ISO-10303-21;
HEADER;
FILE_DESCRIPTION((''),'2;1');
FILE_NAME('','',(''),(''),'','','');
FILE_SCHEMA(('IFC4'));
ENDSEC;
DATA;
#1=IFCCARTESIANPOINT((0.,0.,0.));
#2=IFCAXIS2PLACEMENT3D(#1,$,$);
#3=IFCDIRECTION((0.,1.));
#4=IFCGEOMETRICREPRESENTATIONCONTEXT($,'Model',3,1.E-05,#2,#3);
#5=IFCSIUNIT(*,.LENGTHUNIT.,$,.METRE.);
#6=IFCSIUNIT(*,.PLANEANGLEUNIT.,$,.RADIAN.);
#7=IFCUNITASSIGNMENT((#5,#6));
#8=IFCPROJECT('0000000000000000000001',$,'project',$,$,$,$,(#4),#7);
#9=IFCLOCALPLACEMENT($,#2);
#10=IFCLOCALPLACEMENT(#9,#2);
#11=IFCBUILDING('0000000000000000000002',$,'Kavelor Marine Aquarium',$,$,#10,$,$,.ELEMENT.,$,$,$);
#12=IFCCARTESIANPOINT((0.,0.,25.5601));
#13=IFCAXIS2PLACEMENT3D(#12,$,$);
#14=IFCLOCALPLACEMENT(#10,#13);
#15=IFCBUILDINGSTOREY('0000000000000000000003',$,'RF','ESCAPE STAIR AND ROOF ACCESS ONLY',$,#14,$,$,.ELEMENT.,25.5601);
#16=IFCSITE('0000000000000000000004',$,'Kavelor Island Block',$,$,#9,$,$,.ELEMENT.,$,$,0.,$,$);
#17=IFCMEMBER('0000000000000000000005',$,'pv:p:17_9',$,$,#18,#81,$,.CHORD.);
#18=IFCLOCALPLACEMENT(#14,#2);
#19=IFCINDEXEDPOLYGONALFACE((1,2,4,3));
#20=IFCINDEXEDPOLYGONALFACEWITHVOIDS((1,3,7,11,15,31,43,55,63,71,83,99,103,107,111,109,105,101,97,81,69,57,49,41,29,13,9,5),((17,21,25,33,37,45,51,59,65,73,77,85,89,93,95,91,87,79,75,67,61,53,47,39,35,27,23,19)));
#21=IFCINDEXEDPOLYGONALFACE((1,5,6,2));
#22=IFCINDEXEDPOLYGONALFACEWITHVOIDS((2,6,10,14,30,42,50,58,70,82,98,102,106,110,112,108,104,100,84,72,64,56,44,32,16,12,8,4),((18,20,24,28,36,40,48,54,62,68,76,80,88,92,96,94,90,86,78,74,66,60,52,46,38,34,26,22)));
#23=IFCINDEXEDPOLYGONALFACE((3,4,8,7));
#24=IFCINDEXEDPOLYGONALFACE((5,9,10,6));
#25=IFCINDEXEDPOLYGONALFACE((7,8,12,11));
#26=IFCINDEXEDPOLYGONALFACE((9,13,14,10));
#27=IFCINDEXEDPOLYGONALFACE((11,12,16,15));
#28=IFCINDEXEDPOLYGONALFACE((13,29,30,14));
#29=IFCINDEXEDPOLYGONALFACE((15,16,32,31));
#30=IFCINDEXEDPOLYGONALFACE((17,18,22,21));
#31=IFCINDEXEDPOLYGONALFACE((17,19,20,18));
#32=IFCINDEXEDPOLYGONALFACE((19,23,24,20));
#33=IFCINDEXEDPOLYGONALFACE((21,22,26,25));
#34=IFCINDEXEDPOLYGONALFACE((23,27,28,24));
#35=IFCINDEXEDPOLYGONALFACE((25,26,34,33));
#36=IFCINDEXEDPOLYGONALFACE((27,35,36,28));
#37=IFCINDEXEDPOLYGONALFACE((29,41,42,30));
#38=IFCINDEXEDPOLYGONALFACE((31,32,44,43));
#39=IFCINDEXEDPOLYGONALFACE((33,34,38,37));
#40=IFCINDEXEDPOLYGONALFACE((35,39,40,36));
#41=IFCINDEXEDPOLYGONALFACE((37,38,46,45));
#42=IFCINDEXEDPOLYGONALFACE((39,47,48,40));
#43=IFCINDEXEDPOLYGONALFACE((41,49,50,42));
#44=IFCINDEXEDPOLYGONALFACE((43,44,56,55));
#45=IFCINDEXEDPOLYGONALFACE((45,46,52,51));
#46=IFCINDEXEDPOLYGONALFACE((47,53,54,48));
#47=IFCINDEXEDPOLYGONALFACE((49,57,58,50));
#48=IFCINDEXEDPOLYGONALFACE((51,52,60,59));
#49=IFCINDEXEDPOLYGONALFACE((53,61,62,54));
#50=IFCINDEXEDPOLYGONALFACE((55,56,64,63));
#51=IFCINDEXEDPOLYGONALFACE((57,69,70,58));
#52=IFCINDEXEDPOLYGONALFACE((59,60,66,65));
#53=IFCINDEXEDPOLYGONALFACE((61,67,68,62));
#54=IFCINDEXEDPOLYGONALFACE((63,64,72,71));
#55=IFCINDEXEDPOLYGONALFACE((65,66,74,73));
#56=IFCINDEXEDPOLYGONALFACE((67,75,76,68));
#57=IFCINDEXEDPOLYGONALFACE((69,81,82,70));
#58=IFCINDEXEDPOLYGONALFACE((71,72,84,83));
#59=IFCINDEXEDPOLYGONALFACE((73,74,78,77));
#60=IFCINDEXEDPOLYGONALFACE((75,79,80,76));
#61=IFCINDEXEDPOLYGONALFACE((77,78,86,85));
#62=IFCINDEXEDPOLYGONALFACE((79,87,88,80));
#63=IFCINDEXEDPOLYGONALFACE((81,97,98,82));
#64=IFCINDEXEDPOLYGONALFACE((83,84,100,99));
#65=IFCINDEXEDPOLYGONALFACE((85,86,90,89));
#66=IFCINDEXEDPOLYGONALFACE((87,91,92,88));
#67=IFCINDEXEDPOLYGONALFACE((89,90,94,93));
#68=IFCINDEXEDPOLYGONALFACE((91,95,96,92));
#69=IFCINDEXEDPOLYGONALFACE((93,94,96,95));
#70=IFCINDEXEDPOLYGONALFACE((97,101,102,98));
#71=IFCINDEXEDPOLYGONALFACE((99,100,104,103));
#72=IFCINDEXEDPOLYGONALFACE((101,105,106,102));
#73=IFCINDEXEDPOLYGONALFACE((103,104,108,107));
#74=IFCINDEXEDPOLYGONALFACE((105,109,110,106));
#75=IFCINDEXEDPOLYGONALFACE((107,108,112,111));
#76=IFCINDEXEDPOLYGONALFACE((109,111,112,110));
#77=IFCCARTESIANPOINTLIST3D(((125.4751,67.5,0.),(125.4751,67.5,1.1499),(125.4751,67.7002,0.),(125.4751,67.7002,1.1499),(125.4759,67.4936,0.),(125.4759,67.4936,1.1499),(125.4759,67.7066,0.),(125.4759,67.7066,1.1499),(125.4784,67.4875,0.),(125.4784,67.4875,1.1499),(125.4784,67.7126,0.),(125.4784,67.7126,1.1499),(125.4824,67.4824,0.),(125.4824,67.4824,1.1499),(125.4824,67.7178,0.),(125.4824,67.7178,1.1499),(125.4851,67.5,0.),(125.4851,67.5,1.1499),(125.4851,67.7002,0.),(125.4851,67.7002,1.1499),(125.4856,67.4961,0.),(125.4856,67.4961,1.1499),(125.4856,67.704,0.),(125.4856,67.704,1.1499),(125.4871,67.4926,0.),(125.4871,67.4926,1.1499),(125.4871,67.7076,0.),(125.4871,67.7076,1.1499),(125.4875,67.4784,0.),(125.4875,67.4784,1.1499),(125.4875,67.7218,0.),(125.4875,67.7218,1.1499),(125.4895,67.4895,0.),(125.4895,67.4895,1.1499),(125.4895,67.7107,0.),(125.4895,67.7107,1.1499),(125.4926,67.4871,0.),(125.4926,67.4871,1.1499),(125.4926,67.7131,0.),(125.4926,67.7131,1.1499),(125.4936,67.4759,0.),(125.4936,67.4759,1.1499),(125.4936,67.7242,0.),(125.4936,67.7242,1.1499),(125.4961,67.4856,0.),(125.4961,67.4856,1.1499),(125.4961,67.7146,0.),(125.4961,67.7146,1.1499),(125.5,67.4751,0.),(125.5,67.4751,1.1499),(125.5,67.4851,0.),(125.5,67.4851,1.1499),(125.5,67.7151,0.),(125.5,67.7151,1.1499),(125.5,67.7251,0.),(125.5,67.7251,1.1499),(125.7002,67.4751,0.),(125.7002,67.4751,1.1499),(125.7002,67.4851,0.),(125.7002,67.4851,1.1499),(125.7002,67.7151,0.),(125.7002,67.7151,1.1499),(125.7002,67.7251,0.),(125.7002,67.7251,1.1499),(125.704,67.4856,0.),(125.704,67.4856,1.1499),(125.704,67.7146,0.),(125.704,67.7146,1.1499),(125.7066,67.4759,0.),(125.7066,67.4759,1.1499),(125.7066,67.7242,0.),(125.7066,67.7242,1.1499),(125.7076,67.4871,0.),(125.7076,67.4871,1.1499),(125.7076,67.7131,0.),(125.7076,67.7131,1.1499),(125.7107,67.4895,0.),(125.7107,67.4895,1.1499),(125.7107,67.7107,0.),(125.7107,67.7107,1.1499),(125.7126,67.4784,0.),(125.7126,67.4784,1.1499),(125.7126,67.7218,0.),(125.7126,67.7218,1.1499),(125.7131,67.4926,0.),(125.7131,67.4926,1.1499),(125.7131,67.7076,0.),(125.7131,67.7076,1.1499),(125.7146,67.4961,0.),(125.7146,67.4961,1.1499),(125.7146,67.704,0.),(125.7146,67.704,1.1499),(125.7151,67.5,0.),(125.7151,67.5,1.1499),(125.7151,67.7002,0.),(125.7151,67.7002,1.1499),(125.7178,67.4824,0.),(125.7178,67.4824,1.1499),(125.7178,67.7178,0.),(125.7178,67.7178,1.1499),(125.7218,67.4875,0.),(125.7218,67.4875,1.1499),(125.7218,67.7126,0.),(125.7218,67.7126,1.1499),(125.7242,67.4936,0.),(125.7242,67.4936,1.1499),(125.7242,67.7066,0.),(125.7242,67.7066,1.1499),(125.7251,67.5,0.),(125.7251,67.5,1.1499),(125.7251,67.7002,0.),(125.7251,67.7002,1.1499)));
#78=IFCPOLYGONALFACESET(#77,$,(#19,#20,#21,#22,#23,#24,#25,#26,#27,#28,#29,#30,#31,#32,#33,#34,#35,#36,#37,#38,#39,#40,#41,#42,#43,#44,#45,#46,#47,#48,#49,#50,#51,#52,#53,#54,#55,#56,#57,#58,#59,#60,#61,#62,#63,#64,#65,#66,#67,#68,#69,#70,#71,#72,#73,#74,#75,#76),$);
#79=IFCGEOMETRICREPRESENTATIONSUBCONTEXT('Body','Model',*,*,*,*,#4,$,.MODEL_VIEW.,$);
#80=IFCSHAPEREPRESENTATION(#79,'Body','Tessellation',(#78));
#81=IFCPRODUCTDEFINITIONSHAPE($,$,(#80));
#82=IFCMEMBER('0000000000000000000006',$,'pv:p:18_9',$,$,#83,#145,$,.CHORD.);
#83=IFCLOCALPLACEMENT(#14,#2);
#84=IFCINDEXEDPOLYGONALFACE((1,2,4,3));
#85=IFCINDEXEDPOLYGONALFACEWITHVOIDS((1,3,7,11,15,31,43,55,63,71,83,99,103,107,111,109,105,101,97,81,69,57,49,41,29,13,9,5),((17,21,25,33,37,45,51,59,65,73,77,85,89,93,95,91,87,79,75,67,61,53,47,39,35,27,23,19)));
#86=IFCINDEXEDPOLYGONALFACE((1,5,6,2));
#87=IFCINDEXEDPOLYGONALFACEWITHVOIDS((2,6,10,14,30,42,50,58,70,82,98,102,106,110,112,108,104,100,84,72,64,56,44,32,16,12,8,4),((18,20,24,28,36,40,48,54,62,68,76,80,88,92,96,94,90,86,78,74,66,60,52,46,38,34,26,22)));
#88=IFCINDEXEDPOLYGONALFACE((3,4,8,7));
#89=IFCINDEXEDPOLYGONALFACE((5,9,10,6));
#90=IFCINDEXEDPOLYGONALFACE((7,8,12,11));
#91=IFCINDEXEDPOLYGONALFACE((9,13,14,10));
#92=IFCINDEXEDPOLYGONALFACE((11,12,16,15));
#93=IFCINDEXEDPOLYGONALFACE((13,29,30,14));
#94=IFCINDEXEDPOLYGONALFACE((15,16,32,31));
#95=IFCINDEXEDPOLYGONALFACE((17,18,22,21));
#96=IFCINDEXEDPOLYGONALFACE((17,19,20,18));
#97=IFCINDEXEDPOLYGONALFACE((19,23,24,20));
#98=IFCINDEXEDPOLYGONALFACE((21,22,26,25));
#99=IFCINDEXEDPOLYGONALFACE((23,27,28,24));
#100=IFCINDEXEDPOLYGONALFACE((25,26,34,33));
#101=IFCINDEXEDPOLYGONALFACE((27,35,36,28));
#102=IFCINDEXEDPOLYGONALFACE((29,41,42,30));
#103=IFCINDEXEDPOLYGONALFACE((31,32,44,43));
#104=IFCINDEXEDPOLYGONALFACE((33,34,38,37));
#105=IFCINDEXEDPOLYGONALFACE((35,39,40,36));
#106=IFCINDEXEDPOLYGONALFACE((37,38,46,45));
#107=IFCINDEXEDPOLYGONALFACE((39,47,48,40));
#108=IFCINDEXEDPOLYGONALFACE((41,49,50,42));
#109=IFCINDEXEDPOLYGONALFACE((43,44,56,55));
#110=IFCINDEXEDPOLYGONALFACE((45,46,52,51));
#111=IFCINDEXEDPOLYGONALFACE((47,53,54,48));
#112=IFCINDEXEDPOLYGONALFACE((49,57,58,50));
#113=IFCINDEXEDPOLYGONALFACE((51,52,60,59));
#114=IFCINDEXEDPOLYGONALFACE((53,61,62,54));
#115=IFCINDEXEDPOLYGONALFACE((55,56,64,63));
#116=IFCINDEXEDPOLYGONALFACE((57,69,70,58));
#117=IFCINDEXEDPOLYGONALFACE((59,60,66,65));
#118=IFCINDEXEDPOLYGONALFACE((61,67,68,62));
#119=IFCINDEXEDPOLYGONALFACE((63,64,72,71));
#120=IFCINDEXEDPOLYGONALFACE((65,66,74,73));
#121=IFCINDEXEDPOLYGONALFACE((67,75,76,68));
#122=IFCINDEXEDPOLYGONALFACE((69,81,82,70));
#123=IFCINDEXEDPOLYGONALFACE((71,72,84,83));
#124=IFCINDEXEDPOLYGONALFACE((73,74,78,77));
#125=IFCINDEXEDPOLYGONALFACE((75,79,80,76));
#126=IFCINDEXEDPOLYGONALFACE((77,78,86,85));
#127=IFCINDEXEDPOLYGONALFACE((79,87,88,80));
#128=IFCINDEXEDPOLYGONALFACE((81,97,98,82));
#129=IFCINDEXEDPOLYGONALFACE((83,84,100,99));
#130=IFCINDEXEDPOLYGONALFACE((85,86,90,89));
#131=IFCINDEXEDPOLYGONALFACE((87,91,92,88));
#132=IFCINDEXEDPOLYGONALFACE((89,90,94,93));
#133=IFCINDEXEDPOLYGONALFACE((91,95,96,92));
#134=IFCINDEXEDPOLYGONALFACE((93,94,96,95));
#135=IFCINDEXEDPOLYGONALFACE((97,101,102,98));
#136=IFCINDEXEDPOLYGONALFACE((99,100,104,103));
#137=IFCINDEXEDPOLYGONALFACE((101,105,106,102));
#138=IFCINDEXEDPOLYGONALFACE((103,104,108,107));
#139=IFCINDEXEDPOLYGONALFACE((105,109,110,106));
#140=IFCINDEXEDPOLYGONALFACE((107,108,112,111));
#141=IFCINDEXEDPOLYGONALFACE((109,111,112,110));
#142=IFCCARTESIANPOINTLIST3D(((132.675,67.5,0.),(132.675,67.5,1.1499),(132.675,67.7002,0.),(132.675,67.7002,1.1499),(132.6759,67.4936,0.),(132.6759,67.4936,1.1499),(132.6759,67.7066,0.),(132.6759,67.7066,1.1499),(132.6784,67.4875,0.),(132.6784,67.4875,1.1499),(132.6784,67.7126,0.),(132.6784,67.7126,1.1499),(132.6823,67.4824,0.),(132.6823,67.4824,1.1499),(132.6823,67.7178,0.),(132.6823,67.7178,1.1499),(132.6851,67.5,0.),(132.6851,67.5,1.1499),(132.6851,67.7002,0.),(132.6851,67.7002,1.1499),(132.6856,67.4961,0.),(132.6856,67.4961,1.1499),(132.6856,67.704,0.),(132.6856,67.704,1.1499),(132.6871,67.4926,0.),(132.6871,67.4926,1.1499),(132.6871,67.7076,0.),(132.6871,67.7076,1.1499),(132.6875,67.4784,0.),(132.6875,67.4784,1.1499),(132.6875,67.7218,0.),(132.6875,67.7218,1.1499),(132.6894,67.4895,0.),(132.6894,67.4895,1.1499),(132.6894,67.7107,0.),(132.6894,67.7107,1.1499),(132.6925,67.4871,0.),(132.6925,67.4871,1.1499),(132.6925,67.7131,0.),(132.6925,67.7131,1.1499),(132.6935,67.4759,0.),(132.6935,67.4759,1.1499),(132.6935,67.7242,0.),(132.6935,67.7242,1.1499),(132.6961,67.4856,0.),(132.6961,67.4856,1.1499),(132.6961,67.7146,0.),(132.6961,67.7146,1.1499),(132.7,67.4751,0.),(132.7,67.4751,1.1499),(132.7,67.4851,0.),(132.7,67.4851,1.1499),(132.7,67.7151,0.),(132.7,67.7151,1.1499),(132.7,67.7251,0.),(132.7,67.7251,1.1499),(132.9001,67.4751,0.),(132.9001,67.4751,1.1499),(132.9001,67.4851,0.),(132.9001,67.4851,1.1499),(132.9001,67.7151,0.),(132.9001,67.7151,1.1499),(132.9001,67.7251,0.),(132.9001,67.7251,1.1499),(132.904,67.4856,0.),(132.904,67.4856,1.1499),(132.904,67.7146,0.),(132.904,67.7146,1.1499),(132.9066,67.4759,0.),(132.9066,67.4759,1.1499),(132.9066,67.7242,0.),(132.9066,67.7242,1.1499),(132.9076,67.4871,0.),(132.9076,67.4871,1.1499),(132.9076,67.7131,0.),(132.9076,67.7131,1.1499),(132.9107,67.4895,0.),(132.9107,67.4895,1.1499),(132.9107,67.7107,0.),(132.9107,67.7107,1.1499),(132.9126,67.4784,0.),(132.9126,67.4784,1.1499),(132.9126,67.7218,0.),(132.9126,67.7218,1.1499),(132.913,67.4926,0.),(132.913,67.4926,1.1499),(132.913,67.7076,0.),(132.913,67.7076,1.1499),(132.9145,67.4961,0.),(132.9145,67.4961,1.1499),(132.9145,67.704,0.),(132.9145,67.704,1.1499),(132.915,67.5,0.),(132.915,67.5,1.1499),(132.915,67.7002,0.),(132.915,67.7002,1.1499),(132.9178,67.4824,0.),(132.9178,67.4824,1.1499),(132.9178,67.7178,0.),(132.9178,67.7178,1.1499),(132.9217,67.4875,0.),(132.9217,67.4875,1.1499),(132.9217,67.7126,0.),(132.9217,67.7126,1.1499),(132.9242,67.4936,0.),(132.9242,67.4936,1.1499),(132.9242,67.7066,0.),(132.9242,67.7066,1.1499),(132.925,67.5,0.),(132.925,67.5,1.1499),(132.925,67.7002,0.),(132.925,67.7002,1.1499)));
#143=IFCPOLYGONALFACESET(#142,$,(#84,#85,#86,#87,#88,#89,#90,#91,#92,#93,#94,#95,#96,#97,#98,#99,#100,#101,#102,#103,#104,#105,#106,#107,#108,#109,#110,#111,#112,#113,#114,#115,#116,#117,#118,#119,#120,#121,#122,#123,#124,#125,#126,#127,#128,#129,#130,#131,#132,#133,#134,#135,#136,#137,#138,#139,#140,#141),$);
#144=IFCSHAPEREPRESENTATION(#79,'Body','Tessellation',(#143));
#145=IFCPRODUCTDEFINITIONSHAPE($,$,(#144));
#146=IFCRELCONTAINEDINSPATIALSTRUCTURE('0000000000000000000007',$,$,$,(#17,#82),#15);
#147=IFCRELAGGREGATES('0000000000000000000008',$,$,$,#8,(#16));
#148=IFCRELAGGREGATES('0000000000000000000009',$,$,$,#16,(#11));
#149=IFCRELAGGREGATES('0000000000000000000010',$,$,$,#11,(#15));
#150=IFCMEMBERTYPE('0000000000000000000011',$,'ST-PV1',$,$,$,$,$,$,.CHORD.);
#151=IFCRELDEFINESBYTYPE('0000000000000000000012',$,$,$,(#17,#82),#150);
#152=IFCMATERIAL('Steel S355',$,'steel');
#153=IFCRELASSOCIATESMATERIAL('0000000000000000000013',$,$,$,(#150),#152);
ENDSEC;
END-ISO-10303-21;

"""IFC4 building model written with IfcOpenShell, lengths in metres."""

from ifc_helpers import new_model, si_unit, direction, frame, origin, origin_2d, place, context, subcontext, project, spatial, hollow_rectangle, extrude, material, material_profile, profile_set, type_object, element, save


model = new_model("IFC4")

# Units and contexts
model_context = context("Model", 3, precision=1e-05, world=origin(), true_north=direction((0.0, 1.0)))
body_context = subcontext(model_context, "Body", "Model", "MODEL_VIEW")
ifc_project = project(units=[si_unit("LENGTHUNIT", "METRE"), si_unit("PLANEANGLEUNIT", "RADIAN")], contexts=[model_context])

# Site, building, storey
site_placement = place(None, origin())
site = spatial("IfcSite", under=ifc_project, at=site_placement, Name="Kavelor Island Block", CompositionType="ELEMENT", RefElevation=0.0)
building_placement = place(site_placement, origin())
building = spatial("IfcBuilding", under=site, at=building_placement, Name="Kavelor Marine Aquarium", CompositionType="ELEMENT")
storey_placement = place(building_placement, frame((0.0, 0.0, 25.5601)))
storey = spatial("IfcBuildingStorey", under=building, at=storey_placement, Name="RF", Description="ESCAPE STAIR AND ROOF ACCESS ONLY", CompositionType="ELEMENT", Elevation=25.5601)

# Members
ifc_material_1 = material(Name="Steel S355", Category="steel")
ifc_material_profile_1 = material_profile(ifc_material_1, hollow_rectangle(XDim=0.25, YDim=0.25, WallThickness=0.01, InnerFilletRadius=0.0149, OuterFilletRadius=0.0249, at=origin_2d()), Name="SHS 250x250x10.0")
ifc_profile_set_1 = profile_set([ifc_material_profile_1], Name="Steel S355")
member_type_1 = type_object("IfcMemberType", Name="ST-PV1", PredefinedType="CHORD", material=ifc_profile_set_1)
for number, where, z_axis, x_axis, name in (
    (1, (125.6001, 67.6001, 0.0), (0.0, 0.0, 1.0), (1.0, 0.0, 0.0), "pv:p:17_9"),
    (2, (132.8, 67.6001, 0.0), (0.0, 0.0, 1.0), (1.0, 0.0, 0.0), "pv:p:18_9"),
):
    element("IfcMember", number, at=place(storey_placement, frame(where, z_axis=z_axis, x_axis=x_axis)), inside=storey, type_object=member_type_1, Name=name, PredefinedType="CHORD", context=body_context, shape_type="SweptSolid", body=[
        extrude(hollow_rectangle(XDim=0.25, YDim=0.25, WallThickness=0.01, InnerFilletRadius=0.0149, OuterFilletRadius=0.0249, at=origin_2d()), origin(), (0.0, 0.0, 1.0), 1.1499),
    ])

save(model, "model.ifc")
